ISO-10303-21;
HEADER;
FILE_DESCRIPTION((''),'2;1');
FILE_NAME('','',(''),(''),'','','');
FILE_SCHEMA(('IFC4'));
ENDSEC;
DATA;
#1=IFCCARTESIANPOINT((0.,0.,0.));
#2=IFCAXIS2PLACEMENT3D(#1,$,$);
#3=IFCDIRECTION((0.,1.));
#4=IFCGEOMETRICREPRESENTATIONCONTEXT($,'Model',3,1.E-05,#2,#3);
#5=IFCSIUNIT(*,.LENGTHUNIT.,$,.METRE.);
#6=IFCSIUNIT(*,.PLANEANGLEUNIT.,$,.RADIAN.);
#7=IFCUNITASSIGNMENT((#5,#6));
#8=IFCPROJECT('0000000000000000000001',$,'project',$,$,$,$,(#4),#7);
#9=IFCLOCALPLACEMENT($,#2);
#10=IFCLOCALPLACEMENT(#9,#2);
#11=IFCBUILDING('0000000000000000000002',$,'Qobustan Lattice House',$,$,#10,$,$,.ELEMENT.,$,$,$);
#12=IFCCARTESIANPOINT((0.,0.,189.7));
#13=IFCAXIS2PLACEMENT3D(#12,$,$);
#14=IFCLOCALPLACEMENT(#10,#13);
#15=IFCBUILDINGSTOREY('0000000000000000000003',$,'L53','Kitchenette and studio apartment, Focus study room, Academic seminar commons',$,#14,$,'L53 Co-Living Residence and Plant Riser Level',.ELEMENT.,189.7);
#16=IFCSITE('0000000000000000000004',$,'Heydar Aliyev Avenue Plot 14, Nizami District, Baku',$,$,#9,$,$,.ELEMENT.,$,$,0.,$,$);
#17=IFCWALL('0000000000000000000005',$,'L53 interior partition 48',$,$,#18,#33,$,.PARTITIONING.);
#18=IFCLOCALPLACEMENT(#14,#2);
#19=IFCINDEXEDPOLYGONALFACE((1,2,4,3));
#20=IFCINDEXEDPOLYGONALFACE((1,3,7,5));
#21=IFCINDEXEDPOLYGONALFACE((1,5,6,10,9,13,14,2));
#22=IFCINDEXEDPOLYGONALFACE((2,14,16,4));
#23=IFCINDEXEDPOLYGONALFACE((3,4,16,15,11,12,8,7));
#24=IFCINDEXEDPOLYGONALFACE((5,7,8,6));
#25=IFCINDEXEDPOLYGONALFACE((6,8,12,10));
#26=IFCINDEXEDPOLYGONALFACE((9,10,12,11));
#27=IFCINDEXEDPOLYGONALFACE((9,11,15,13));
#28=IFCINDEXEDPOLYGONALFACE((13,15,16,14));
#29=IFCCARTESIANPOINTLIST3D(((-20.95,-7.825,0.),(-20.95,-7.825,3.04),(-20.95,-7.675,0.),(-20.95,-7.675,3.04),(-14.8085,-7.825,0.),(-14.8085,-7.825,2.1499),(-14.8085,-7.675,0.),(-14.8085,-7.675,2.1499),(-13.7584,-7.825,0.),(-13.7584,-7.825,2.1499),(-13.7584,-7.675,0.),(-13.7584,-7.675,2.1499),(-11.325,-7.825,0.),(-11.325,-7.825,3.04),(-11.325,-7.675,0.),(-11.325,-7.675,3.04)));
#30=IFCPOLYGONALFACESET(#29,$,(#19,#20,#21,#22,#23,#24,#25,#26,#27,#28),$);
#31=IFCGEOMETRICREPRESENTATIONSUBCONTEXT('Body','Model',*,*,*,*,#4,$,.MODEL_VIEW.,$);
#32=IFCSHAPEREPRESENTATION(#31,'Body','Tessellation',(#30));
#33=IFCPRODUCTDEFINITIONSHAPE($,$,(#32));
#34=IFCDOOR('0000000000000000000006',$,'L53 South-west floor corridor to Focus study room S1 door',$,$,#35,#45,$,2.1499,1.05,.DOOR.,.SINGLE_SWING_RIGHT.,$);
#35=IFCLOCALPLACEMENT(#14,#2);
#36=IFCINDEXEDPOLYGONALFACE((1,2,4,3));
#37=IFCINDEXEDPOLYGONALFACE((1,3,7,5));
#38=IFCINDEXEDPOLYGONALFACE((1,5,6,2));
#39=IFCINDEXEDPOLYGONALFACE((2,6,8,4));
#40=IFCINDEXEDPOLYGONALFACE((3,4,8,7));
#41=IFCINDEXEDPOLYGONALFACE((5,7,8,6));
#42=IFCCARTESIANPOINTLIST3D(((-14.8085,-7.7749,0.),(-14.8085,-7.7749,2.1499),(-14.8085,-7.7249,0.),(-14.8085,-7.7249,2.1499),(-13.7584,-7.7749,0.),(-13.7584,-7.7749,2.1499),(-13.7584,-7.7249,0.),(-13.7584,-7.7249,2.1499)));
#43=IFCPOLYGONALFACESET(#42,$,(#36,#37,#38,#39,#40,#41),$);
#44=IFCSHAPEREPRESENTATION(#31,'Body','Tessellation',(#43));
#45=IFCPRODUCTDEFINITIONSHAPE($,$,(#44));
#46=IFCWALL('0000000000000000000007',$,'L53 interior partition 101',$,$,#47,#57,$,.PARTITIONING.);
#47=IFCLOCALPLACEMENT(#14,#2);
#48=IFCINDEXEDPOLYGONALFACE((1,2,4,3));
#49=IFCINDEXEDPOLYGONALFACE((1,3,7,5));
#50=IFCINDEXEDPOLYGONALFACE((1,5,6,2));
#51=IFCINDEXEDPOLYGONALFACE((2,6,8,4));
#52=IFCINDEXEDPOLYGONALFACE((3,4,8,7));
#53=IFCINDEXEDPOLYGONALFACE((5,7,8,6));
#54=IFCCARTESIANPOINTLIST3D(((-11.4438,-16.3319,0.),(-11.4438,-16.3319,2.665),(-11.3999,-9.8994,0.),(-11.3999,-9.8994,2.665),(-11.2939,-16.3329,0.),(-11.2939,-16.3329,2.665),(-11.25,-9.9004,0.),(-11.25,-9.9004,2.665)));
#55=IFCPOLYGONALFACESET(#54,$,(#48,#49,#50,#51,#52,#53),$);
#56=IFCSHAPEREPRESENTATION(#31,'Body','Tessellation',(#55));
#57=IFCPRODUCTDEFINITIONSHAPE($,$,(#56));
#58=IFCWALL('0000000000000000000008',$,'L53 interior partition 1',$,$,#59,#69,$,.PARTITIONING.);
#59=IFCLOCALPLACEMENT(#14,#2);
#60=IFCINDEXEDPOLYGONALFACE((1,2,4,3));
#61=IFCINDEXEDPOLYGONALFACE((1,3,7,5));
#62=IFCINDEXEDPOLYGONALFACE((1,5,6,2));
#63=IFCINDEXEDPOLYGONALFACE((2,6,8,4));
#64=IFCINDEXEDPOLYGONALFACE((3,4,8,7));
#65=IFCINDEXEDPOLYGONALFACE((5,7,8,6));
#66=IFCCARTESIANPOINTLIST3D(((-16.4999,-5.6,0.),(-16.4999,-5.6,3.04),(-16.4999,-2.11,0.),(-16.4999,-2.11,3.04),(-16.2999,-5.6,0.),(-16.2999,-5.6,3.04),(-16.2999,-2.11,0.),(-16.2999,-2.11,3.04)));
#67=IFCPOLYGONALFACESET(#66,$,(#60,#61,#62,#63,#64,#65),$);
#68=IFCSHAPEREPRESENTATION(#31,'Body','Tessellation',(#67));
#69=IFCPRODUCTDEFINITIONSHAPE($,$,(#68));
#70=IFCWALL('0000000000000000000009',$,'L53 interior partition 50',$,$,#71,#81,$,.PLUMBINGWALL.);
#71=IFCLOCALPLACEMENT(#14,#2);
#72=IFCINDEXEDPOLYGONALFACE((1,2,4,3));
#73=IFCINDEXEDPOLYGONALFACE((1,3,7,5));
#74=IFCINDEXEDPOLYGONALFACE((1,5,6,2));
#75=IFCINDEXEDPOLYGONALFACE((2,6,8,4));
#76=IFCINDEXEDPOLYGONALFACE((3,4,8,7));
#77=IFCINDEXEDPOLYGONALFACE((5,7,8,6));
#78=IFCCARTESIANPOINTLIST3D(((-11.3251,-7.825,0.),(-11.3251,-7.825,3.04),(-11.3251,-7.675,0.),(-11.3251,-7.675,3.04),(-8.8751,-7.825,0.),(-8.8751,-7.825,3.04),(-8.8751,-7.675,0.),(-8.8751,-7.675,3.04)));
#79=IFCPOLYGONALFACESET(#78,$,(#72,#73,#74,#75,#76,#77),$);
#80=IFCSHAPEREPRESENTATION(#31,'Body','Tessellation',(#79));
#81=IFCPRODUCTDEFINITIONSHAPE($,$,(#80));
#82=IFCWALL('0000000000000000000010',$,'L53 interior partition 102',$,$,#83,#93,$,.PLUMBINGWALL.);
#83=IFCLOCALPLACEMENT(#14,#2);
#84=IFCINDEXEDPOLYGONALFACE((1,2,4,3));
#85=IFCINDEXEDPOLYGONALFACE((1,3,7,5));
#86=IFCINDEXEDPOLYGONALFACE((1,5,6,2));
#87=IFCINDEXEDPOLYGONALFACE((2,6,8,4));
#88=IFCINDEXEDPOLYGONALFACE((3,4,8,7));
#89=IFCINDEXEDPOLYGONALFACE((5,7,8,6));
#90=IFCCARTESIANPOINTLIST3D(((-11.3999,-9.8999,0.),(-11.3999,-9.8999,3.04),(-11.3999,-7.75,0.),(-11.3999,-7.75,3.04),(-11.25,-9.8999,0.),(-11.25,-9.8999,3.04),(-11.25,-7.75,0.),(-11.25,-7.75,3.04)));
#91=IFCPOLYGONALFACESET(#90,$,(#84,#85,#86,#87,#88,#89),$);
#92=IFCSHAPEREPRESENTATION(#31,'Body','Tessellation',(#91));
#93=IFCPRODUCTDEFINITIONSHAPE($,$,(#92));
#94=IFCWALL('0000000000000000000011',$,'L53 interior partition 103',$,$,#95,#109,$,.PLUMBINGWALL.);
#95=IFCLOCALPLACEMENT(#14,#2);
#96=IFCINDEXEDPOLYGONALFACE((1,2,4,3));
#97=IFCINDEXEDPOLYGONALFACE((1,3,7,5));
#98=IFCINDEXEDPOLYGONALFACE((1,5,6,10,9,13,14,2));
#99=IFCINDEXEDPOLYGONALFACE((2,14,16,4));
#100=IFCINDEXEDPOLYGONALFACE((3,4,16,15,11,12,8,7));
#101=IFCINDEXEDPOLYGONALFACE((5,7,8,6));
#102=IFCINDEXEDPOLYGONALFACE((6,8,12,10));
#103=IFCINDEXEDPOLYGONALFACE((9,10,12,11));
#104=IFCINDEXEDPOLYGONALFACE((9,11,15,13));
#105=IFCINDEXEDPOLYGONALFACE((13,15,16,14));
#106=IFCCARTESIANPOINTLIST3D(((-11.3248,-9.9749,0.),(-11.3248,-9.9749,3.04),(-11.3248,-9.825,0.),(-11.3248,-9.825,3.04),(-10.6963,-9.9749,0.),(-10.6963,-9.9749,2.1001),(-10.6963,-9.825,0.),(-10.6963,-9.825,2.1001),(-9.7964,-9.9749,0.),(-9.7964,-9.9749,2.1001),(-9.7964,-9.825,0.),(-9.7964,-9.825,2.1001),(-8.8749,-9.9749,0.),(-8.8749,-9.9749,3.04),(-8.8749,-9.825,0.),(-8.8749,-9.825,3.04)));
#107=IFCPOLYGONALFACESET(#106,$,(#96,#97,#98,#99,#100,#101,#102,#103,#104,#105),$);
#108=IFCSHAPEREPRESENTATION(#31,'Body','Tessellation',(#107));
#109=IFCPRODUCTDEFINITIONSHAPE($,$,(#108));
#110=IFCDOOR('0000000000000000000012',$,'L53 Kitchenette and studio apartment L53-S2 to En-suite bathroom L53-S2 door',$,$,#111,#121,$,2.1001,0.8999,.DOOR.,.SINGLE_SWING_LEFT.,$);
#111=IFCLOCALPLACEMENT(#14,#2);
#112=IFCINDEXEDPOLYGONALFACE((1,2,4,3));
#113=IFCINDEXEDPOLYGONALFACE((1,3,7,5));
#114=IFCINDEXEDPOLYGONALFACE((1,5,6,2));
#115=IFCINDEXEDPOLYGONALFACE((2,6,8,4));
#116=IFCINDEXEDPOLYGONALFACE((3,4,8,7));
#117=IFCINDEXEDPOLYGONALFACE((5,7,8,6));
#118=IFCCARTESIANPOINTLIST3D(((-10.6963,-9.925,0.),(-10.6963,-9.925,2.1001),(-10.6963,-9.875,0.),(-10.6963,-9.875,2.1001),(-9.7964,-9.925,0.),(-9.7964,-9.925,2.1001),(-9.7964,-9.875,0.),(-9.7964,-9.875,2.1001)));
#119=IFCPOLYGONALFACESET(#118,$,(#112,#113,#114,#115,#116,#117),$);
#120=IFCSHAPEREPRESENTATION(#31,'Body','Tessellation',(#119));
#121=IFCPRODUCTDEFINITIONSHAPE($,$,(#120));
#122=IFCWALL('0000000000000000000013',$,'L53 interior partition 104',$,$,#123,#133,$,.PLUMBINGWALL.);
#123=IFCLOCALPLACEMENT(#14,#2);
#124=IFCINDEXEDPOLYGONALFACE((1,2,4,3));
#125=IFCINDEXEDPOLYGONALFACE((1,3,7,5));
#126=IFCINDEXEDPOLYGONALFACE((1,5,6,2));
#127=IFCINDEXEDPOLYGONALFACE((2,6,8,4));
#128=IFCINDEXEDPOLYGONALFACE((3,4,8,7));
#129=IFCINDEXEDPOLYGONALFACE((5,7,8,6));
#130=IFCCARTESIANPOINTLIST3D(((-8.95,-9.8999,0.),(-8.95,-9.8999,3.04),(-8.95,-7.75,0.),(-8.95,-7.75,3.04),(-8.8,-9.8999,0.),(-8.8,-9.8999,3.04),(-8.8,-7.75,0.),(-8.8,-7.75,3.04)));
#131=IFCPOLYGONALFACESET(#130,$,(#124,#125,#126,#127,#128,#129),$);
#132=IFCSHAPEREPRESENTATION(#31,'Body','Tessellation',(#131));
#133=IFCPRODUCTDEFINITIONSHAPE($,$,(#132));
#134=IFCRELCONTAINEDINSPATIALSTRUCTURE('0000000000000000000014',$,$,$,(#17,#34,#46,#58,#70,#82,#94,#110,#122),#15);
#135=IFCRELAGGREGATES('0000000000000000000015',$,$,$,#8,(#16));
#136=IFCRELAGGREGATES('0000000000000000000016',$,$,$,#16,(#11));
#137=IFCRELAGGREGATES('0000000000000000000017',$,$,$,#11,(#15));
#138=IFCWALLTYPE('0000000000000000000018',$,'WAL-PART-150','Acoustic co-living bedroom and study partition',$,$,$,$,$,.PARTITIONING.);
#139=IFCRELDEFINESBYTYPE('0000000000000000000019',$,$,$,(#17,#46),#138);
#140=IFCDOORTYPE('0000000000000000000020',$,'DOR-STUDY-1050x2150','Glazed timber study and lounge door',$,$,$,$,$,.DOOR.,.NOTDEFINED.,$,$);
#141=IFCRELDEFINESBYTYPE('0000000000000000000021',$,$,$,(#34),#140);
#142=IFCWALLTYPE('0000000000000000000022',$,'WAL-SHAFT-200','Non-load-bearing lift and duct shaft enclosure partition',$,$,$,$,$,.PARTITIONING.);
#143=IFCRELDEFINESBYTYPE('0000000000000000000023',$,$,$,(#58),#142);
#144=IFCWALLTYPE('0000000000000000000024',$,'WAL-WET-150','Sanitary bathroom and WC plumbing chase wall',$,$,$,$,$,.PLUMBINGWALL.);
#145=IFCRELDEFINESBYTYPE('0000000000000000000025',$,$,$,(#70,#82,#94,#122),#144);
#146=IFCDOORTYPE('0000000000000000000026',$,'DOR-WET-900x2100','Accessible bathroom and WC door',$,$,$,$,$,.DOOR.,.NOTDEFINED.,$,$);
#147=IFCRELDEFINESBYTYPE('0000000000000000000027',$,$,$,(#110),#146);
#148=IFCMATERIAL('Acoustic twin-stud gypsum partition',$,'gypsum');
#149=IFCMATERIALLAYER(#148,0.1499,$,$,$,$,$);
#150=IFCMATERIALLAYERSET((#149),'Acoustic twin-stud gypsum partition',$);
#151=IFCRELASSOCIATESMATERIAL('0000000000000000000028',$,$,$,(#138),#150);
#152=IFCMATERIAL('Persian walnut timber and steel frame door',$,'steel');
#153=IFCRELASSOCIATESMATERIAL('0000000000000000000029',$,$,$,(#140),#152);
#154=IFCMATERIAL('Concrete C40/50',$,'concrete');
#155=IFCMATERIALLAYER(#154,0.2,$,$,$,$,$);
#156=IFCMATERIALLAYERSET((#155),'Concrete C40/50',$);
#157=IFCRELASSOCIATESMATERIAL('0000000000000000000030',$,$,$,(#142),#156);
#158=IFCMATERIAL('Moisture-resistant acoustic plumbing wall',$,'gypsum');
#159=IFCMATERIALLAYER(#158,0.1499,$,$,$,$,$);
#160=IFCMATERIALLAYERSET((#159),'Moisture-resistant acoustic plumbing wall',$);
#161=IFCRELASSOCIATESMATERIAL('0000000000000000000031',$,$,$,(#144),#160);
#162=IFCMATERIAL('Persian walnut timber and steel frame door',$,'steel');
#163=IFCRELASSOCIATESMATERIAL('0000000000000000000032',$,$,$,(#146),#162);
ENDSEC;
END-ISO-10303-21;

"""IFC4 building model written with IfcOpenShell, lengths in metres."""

from ifc_helpers import new_model, si_unit, direction, frame, frame_2d, origin, place, context, subcontext, project, spatial, rectangle, extrude, material, layer, layer_set, type_object, element, fill, save


model = new_model("IFC4")

# Units and contexts
model_context = context("Model", 3, precision=1e-05, world=origin(), true_north=direction((0.0, 1.0)))
body_context = subcontext(model_context, "Body", "Model", "MODEL_VIEW")
ifc_project = project(units=[si_unit("LENGTHUNIT", "METRE"), si_unit("PLANEANGLEUNIT", "RADIAN")], contexts=[model_context])

# Site, building, storey
site_placement = place(None, origin())
site = spatial("IfcSite", under=ifc_project, at=site_placement, Name="Heydar Aliyev Avenue Plot 14, Nizami District, Baku", CompositionType="ELEMENT", RefElevation=0.0)
building_placement = place(site_placement, origin())
building = spatial("IfcBuilding", under=site, at=building_placement, Name="Qobustan Lattice House", CompositionType="ELEMENT")
storey_placement = place(building_placement, frame((0.0, 0.0, 189.7)))
storey = spatial("IfcBuildingStorey", under=building, at=storey_placement, Name="L53", Description="Kitchenette and studio apartment, Focus study room, Academic seminar commons", LongName="L53 Co-Living Residence and Plant Riser Level", CompositionType="ELEMENT", Elevation=189.7)

# Wall, opening, door
ifc_material_1 = material(Name="Acoustic twin-stud gypsum partition", Category="gypsum")
ifc_layer_1 = layer(ifc_material_1, 0.1499)
ifc_layer_set_1 = layer_set([ifc_layer_1], Name="Acoustic twin-stud gypsum partition")
wall_type_1 = type_object("IfcWallType", Name="WAL-PART-150", Description="Acoustic co-living bedroom and study partition", PredefinedType="PARTITIONING", material=ifc_layer_set_1)
wall_1_placement = place(storey_placement, frame((-11.325, -7.75, 0.0), z_axis=(0.0, 0.0, 1.0), x_axis=(-1.0, 0.0, 0.0)))
wall_1 = element("IfcWall", 1, at=wall_1_placement, inside=storey, type_object=wall_type_1, Name="L53 interior partition 48", PredefinedType="PARTITIONING", context=body_context, shape_type="SweptSolid", body=[
    extrude(rectangle(XDim=9.625, YDim=0.1499, at=frame_2d((4.8125, 0.0))), origin(), (0.0, 0.0, 1.0), 3.04),
])
opening_1_placement = place(wall_1_placement, frame((2.4336, 0.0, 0.0)))
opening_1 = element("IfcOpeningElement", 2, at=opening_1_placement, cuts=wall_1, PredefinedType="OPENING", context=body_context, shape_type="SweptSolid", body=[
    extrude(rectangle(XDim=1.05, YDim=2.1499, at=frame_2d((0.5249, 1.075))), frame((0.0, 0.085, 0.0), z_axis=(0.0, -1.0, 0.0), x_axis=(1.0, 0.0, 0.0)), (0.0, 0.0, 1.0), 0.1699),
])
ifc_material_2 = material(Name="Persian walnut timber and steel frame door", Category="steel")
door_type_1 = type_object("IfcDoorType", Name="DOR-STUDY-1050x2150", Description="Glazed timber study and lounge door", OperationType="NOTDEFINED", PredefinedType="DOOR", material=ifc_material_2)
door_1_placement = place(opening_1_placement, origin())
door_1 = element("IfcDoor", 3, at=door_1_placement, inside=storey, type_object=door_type_1, Name="L53 South-west floor corridor to Focus study room S1 door", OperationType="SINGLE_SWING_RIGHT", OverallHeight=2.1499, OverallWidth=1.05, PredefinedType="DOOR", context=body_context, shape_type="SweptSolid", body=[
    extrude(rectangle(XDim=1.05, YDim=2.1499, at=frame_2d((0.5249, 1.075))), frame((0.0, 0.0249, 0.0), z_axis=(0.0, -1.0, 0.0), x_axis=(1.0, 0.0, 0.0)), (0.0, 0.0, 1.0), 0.05),
])
fill(opening_1, door_1)

# Walls
wall_2_placement = place(storey_placement, frame((-11.325, -9.8999, 0.0), z_axis=(0.0, 0.0, 1.0), x_axis=(-0.006832, -0.999977, 0.0)))
element("IfcWall", 4, at=wall_2_placement, inside=storey, type_object=wall_type_1, Name="L53 interior partition 101", PredefinedType="PARTITIONING", context=body_context, shape_type="SweptSolid", body=[
    extrude(rectangle(XDim=6.4326, YDim=0.1499, at=frame_2d((3.2163, 0.0))), origin(), (0.0, 0.0, 1.0), 2.665),
])
ifc_material_3 = material(Name="Concrete C40/50", Category="concrete")
ifc_layer_2 = layer(ifc_material_3, 0.2)
ifc_layer_set_2 = layer_set([ifc_layer_2], Name="Concrete C40/50")
wall_type_2 = type_object("IfcWallType", Name="WAL-SHAFT-200", Description="Non-load-bearing lift and duct shaft enclosure partition", PredefinedType="PARTITIONING", material=ifc_layer_set_2)
wall_3_placement = place(storey_placement, frame((-16.3999, -5.6001, 0.0), z_axis=(0.0, 0.0, 1.0), x_axis=(0.0, 1.0, 0.0)))
element("IfcWall", 5, at=wall_3_placement, inside=storey, type_object=wall_type_2, Name="L53 interior partition 1", PredefinedType="PARTITIONING", context=body_context, shape_type="SweptSolid", body=[
    extrude(rectangle(XDim=3.49, YDim=0.2, at=frame_2d((1.7451, 0.0))), origin(), (0.0, 0.0, 1.0), 3.04),
])
ifc_material_4 = material(Name="Moisture-resistant acoustic plumbing wall", Category="gypsum")
ifc_layer_3 = layer(ifc_material_4, 0.1499)
ifc_layer_set_3 = layer_set([ifc_layer_3], Name="Moisture-resistant acoustic plumbing wall")
wall_type_3 = type_object("IfcWallType", Name="WAL-WET-150", Description="Sanitary bathroom and WC plumbing chase wall", PredefinedType="PLUMBINGWALL", material=ifc_layer_set_3)
wall_4_placement = place(storey_placement, frame((-8.875, -7.75, 0.0), z_axis=(0.0, 0.0, 1.0), x_axis=(-1.0, 0.0, 0.0)))
element("IfcWall", 6, at=wall_4_placement, inside=storey, type_object=wall_type_3, Name="L53 interior partition 50", PredefinedType="PLUMBINGWALL", context=body_context, shape_type="SweptSolid", body=[
    extrude(rectangle(XDim=2.45, YDim=0.1499, at=frame_2d((1.2251, 0.0))), origin(), (0.0, 0.0, 1.0), 3.04),
])
wall_5_placement = place(storey_placement, frame((-11.325, -7.75, 0.0), z_axis=(0.0, 0.0, 1.0), x_axis=(0.0, -1.0, 0.0)))
element("IfcWall", 7, at=wall_5_placement, inside=storey, type_object=wall_type_3, Name="L53 interior partition 102", PredefinedType="PLUMBINGWALL", context=body_context, shape_type="SweptSolid", body=[
    extrude(rectangle(XDim=2.1499, YDim=0.1499, at=frame_2d((1.075, 0.0))), origin(), (0.0, 0.0, 1.0), 3.04),
])

# Wall, opening, door
wall_6_placement = place(storey_placement, frame((-11.325, -9.8999, 0.0), z_axis=(0.0, 0.0, 1.0), x_axis=(1.0, 0.0, 0.0)))
wall_6 = element("IfcWall", 8, at=wall_6_placement, inside=storey, type_object=wall_type_3, Name="L53 interior partition 103", PredefinedType="PLUMBINGWALL", context=body_context, shape_type="SweptSolid", body=[
    extrude(rectangle(XDim=2.45, YDim=0.1499, at=frame_2d((1.2251, 0.0))), origin(), (0.0, 0.0, 1.0), 3.04),
])
opening_2_placement = place(wall_6_placement, frame((0.6287, 0.0, 0.0)))
opening_2 = element("IfcOpeningElement", 9, at=opening_2_placement, cuts=wall_6, PredefinedType="OPENING", context=body_context, shape_type="SweptSolid", body=[
    extrude(rectangle(XDim=0.8999, YDim=2.1001, at=frame_2d((0.45, 1.05))), frame((0.0, 0.085, 0.0), z_axis=(0.0, -1.0, 0.0), x_axis=(1.0, 0.0, 0.0)), (0.0, 0.0, 1.0), 0.1699),
])
ifc_material_5 = material(Name="Persian walnut timber and steel frame door", Category="steel")
door_type_2 = type_object("IfcDoorType", Name="DOR-WET-900x2100", Description="Accessible bathroom and WC door", OperationType="NOTDEFINED", PredefinedType="DOOR", material=ifc_material_5)
door_2_placement = place(opening_2_placement, origin())
door_2 = element("IfcDoor", 10, at=door_2_placement, inside=storey, type_object=door_type_2, Name="L53 Kitchenette and studio apartment L53-S2 to En-suite bathroom L53-S2 door", OperationType="SINGLE_SWING_LEFT", OverallHeight=2.1001, OverallWidth=0.8999, PredefinedType="DOOR", context=body_context, shape_type="SweptSolid", body=[
    extrude(rectangle(XDim=0.8999, YDim=2.1001, at=frame_2d((0.45, 1.05))), frame((0.0, 0.0249, 0.0), z_axis=(0.0, -1.0, 0.0), x_axis=(1.0, 0.0, 0.0)), (0.0, 0.0, 1.0), 0.05),
])
fill(opening_2, door_2)

# Wall
wall_7_placement = place(storey_placement, frame((-8.875, -9.8999, 0.0), z_axis=(0.0, 0.0, 1.0), x_axis=(0.0, 1.0, 0.0)))
element("IfcWall", 11, at=wall_7_placement, inside=storey, type_object=wall_type_3, Name="L53 interior partition 104", PredefinedType="PLUMBINGWALL", context=body_context, shape_type="SweptSolid", body=[
    extrude(rectangle(XDim=2.1499, YDim=0.1499, at=frame_2d((1.075, 0.0))), origin(), (0.0, 0.0, 1.0), 3.04),
])

save(model, "model.ifc")
